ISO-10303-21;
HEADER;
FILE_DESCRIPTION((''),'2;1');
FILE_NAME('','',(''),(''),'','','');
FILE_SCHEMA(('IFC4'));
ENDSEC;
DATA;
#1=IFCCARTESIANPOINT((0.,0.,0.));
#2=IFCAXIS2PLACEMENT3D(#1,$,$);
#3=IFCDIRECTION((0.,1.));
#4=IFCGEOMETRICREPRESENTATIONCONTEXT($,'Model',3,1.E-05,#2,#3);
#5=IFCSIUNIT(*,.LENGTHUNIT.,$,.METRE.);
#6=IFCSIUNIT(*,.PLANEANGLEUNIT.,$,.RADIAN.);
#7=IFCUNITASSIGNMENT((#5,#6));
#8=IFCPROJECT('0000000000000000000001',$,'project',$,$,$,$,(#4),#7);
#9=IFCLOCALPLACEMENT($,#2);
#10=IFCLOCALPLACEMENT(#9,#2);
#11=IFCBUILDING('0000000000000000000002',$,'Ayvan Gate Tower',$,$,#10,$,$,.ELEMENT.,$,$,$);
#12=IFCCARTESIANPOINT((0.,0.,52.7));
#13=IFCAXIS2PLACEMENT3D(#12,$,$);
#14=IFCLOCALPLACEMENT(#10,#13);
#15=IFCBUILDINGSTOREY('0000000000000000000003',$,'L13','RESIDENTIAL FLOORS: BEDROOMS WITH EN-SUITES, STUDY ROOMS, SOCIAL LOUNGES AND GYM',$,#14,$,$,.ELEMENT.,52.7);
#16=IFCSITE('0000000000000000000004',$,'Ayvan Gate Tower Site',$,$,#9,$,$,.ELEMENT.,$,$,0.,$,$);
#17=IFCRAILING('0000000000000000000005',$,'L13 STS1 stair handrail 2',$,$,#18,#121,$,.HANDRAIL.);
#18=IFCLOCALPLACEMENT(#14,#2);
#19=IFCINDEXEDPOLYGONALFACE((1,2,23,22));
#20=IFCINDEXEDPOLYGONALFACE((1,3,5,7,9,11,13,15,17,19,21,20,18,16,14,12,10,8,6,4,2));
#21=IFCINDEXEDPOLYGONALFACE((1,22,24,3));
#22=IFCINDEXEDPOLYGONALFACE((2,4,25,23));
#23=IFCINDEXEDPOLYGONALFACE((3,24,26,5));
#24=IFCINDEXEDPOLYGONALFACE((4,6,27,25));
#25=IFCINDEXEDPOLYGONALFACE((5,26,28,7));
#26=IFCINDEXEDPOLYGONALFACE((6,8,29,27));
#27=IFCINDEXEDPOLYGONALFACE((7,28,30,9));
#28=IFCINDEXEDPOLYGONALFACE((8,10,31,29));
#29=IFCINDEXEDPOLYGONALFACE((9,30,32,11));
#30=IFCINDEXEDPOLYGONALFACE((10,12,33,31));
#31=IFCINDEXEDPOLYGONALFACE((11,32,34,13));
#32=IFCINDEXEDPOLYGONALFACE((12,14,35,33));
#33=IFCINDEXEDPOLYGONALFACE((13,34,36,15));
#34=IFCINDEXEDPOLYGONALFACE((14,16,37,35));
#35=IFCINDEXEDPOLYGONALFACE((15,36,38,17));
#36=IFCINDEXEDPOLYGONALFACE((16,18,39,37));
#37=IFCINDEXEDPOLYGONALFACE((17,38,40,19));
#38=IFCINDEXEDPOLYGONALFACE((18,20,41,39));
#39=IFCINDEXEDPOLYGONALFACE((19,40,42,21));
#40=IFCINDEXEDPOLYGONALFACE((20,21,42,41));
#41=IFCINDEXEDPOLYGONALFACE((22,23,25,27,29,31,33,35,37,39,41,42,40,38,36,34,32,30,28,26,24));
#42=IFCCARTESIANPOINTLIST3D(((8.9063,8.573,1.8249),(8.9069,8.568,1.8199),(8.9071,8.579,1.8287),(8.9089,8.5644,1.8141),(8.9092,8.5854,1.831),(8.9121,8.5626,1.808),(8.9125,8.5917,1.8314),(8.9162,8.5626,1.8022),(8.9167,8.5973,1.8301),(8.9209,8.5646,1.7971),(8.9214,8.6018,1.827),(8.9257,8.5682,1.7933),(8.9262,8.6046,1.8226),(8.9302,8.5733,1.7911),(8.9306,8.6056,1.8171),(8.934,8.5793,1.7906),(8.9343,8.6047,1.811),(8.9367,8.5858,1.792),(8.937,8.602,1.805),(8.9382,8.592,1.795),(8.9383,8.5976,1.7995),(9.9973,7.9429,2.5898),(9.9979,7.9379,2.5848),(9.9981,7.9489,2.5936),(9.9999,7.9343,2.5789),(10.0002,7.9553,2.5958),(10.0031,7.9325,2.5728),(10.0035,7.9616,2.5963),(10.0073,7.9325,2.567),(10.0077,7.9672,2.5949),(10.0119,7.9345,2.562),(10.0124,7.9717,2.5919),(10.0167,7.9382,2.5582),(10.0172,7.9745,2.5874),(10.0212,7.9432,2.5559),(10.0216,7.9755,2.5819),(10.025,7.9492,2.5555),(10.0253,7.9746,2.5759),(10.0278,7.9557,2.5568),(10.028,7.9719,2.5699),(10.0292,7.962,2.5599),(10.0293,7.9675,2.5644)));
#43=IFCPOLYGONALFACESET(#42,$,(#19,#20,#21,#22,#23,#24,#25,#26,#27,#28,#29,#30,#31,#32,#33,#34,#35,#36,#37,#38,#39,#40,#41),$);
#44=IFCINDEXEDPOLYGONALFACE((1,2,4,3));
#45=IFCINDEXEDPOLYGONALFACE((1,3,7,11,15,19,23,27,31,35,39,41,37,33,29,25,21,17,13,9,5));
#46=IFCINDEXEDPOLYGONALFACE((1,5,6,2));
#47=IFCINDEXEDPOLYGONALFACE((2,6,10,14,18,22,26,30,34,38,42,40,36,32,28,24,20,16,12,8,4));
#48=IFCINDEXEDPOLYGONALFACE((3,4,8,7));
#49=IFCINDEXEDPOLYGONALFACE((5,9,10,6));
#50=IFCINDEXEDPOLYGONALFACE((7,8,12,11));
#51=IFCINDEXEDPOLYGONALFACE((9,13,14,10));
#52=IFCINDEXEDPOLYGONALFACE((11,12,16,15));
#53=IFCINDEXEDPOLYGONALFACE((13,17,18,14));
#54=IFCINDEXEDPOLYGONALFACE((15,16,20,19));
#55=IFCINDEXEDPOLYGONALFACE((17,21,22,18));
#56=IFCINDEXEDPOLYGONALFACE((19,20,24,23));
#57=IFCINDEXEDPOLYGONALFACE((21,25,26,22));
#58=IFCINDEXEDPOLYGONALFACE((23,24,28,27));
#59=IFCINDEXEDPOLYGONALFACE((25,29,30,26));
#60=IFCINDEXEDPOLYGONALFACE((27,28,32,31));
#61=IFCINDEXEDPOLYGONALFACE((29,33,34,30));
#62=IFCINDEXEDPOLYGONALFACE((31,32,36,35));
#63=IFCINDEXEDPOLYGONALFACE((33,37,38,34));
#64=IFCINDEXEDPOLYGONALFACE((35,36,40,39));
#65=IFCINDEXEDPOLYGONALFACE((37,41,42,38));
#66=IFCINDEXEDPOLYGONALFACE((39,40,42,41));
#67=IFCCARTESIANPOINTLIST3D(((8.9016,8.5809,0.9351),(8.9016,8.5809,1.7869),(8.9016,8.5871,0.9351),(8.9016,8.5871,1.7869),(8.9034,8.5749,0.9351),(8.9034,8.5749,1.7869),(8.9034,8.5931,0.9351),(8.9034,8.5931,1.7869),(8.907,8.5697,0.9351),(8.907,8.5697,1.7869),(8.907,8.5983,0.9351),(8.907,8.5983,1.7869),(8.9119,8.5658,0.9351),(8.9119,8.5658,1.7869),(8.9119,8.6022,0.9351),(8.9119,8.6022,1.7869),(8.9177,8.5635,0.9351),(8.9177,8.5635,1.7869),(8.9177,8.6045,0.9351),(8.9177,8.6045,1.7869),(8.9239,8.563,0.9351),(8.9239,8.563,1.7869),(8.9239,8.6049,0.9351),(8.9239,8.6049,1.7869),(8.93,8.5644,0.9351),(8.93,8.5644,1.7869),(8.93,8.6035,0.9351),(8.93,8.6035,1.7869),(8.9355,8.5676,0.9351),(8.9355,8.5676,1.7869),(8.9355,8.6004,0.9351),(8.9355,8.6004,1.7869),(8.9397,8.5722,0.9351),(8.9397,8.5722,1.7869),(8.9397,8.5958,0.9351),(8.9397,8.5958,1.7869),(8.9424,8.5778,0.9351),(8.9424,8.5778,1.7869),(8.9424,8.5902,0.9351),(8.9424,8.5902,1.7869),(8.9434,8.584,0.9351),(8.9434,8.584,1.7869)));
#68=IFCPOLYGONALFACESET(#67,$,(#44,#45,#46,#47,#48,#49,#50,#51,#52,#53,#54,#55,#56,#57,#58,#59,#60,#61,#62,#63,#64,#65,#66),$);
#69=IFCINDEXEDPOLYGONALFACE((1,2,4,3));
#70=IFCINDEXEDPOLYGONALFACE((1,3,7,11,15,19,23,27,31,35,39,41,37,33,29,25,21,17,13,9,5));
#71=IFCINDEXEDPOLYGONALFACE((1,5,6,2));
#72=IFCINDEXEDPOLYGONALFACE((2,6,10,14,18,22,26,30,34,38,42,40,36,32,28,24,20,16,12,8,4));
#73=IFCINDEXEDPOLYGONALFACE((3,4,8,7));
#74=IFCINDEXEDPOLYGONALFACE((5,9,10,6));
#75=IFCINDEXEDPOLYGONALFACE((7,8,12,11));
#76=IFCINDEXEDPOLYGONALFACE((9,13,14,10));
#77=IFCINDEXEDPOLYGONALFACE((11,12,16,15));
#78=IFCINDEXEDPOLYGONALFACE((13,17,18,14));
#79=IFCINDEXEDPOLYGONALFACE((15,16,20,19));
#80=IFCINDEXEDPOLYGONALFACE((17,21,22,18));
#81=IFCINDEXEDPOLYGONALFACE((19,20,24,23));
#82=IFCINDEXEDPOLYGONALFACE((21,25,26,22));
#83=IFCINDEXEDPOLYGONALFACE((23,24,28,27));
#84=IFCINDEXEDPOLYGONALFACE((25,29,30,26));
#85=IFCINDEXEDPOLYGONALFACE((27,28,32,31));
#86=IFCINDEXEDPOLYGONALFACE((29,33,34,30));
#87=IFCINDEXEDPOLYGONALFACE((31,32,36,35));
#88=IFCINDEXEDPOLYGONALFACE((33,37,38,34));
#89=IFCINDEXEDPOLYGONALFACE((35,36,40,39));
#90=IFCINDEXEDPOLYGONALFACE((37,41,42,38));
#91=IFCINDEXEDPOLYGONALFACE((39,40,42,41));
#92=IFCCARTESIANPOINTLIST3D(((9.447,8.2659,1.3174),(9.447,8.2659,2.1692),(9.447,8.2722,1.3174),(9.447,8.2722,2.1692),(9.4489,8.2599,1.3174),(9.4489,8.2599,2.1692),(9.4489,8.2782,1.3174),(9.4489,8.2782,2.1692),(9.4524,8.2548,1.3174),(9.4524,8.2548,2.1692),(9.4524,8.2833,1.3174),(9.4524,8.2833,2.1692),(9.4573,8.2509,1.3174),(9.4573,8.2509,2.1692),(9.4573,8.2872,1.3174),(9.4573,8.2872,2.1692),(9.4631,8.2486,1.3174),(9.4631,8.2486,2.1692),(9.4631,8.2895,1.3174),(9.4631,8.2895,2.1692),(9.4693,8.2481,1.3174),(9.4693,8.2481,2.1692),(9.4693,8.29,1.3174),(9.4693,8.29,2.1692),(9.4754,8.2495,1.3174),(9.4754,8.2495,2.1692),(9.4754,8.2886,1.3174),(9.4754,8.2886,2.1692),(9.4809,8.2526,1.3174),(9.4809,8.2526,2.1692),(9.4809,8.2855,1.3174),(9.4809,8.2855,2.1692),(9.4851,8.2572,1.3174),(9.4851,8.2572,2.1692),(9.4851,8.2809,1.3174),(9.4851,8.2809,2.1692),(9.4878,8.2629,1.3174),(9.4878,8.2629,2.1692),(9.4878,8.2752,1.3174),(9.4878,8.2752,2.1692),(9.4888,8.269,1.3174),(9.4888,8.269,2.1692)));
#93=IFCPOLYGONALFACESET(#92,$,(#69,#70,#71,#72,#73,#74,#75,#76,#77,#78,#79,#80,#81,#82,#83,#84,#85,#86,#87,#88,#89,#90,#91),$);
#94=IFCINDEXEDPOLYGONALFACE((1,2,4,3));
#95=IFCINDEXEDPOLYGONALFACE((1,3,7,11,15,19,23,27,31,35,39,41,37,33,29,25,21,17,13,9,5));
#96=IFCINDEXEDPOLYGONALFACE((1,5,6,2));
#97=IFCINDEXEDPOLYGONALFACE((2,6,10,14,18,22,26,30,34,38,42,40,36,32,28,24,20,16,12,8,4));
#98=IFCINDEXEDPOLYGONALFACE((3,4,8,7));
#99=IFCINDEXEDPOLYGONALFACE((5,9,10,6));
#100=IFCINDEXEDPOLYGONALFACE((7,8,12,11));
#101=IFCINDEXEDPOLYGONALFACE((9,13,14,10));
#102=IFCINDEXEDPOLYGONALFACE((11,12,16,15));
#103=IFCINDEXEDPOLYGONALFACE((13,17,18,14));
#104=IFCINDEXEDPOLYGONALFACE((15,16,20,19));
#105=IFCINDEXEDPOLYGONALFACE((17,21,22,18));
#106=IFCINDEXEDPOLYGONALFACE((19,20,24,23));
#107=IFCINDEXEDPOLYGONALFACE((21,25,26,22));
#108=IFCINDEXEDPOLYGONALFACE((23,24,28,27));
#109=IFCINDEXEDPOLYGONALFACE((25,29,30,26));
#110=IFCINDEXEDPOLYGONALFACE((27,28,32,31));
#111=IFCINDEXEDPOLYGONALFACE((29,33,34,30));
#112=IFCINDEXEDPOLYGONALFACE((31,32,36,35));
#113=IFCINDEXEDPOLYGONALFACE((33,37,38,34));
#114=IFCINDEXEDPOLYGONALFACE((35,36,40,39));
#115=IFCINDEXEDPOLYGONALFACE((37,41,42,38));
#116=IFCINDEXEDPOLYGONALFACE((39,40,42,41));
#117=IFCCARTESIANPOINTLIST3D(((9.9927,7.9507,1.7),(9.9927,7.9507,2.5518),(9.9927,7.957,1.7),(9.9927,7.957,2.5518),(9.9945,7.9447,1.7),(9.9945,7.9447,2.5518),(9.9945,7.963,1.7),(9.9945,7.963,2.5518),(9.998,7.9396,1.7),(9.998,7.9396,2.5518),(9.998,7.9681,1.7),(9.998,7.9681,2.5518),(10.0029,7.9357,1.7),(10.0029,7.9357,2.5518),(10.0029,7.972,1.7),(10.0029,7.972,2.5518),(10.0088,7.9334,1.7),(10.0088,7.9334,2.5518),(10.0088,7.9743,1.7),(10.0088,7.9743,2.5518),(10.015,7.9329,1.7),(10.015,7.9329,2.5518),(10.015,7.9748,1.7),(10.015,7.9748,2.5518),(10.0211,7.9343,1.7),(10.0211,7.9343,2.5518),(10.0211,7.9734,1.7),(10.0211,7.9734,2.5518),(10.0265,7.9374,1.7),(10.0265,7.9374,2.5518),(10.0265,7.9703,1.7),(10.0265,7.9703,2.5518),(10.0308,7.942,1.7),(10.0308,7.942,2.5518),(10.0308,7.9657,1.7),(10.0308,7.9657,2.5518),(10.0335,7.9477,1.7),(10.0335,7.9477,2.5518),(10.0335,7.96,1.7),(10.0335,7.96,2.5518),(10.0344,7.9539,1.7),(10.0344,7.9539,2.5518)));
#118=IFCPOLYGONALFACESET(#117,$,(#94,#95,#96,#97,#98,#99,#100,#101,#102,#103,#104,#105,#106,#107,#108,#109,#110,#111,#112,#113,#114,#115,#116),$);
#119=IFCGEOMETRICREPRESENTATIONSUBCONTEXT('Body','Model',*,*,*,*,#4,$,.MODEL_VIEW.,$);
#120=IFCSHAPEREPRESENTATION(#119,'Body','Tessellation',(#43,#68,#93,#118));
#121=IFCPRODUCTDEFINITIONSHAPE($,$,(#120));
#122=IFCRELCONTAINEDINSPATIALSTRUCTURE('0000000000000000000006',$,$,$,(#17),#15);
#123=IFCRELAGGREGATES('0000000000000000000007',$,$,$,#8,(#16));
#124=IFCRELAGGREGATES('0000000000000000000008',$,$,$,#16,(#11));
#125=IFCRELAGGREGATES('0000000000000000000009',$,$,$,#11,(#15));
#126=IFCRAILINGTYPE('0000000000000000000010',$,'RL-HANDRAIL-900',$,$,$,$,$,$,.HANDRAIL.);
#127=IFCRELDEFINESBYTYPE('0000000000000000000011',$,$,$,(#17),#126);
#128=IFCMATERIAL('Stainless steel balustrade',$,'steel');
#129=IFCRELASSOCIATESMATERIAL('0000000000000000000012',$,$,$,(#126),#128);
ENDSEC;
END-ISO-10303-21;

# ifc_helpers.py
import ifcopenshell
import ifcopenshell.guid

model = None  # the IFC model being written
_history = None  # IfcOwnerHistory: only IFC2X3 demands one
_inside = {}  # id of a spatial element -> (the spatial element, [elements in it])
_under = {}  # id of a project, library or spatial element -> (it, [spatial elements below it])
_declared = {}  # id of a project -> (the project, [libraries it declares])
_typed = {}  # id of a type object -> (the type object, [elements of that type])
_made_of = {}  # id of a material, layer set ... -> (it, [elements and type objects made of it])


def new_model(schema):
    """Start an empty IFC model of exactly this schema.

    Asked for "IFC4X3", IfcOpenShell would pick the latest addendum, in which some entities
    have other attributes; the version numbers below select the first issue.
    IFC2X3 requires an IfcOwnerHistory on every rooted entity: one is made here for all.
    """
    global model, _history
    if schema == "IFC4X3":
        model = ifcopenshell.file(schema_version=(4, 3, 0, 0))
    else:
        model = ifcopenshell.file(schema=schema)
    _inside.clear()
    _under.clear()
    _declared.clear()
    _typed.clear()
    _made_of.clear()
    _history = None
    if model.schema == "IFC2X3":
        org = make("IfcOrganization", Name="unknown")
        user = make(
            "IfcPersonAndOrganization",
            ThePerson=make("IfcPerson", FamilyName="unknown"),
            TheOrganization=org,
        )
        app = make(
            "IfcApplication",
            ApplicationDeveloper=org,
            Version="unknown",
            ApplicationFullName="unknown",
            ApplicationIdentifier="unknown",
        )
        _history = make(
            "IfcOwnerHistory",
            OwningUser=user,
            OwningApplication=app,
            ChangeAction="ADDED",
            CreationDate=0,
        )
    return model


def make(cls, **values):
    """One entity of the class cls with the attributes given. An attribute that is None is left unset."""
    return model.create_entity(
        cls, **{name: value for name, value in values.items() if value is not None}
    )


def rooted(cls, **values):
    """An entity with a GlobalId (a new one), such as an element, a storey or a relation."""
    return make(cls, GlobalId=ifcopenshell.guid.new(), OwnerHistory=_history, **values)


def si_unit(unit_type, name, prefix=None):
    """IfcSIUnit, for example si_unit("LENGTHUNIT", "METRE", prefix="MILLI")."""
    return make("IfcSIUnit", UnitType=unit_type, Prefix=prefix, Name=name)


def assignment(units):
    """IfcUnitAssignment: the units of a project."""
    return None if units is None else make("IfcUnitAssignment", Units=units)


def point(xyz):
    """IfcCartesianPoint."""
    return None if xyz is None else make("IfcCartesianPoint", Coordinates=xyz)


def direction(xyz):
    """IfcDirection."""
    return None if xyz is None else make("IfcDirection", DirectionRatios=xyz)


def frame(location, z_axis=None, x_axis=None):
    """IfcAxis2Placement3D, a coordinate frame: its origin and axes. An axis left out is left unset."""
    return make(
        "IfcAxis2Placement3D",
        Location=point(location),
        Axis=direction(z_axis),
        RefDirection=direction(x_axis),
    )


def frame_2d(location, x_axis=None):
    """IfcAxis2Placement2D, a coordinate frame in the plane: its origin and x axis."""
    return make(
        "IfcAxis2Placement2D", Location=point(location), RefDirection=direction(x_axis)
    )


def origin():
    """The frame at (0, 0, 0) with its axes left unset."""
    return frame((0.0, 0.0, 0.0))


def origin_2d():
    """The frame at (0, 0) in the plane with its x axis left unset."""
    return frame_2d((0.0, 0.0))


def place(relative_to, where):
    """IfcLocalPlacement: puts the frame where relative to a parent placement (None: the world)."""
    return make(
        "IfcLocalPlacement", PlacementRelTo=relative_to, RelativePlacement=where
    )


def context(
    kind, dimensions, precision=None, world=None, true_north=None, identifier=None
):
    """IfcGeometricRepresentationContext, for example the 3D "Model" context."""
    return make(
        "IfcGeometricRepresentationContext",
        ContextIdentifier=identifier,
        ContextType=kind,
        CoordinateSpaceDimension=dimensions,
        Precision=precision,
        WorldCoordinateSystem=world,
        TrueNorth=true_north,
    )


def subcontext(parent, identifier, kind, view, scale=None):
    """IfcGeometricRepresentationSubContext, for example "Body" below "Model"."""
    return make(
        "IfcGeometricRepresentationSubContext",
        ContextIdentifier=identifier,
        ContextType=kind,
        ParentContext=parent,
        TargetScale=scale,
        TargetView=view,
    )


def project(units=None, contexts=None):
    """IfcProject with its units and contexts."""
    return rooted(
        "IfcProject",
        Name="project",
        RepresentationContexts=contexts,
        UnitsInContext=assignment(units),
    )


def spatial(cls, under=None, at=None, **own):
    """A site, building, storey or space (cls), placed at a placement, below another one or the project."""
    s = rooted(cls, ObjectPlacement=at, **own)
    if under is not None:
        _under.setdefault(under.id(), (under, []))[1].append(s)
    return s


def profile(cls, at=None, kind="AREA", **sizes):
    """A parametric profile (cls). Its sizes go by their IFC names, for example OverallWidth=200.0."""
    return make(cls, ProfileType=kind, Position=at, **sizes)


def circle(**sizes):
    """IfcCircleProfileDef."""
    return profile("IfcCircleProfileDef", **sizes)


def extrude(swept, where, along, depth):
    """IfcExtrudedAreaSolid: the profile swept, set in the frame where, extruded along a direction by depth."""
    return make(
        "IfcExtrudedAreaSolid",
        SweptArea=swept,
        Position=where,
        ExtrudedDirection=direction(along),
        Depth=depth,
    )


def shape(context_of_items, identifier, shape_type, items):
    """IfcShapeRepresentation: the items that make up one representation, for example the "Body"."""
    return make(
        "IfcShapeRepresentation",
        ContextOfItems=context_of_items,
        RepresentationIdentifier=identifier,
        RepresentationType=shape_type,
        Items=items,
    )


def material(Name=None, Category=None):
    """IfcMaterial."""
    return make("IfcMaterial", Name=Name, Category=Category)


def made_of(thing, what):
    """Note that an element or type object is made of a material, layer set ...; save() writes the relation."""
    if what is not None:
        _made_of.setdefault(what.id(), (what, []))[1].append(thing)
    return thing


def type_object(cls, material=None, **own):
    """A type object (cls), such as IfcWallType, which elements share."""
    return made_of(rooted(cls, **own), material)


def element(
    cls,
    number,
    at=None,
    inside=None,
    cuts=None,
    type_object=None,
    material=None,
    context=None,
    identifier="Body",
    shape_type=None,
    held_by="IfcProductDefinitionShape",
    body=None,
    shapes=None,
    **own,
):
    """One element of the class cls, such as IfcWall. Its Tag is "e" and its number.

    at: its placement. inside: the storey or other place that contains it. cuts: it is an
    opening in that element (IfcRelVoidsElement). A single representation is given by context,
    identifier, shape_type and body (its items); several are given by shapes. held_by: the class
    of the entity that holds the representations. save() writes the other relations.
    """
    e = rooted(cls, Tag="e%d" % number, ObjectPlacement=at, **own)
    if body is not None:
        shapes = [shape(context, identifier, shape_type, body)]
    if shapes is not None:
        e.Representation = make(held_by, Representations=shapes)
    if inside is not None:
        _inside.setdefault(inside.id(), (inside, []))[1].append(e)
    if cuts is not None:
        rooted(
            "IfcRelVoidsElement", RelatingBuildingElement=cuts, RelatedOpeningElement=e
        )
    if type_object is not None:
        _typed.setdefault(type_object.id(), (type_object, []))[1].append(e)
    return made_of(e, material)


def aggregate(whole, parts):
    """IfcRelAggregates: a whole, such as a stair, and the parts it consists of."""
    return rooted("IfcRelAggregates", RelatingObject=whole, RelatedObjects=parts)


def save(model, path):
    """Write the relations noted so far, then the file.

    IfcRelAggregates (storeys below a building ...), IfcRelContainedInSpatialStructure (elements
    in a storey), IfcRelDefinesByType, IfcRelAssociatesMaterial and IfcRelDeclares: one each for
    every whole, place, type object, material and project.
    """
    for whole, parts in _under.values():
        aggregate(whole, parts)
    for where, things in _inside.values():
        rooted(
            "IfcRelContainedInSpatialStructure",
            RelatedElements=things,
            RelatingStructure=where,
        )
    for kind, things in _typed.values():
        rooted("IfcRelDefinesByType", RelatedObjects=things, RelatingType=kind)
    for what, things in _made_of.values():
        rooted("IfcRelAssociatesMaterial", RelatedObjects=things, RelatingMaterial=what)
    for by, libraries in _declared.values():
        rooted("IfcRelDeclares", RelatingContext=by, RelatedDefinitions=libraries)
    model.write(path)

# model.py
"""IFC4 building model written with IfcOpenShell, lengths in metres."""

from ifc_helpers import new_model, si_unit, direction, frame, origin, origin_2d, place, context, subcontext, project, spatial, circle, extrude, material, type_object, element, save


model = new_model("IFC4")

# Units and contexts
model_context = context("Model", 3, precision=1e-05, world=origin(), true_north=direction((0.0, 1.0)))
body_context = subcontext(model_context, "Body", "Model", "MODEL_VIEW")
ifc_project = project(units=[si_unit("LENGTHUNIT", "METRE"), si_unit("PLANEANGLEUNIT", "RADIAN")], contexts=[model_context])

# Site, building, storey
site_placement = place(None, origin())
site = spatial("IfcSite", under=ifc_project, at=site_placement, Name="Ayvan Gate Tower Site", CompositionType="ELEMENT", RefElevation=0.0)
building_placement = place(site_placement, origin())
building = spatial("IfcBuilding", under=site, at=building_placement, Name="Ayvan Gate Tower", CompositionType="ELEMENT")
storey_placement = place(building_placement, frame((0.0, 0.0, 52.7)))
storey = spatial("IfcBuildingStorey", under=building, at=storey_placement, Name="L13", Description="RESIDENTIAL FLOORS: BEDROOMS WITH EN-SUITES, STUDY ROOMS, SOCIAL LOUNGES AND GYM", CompositionType="ELEMENT", Elevation=52.7)

# Railing
ifc_material_1 = material(Name="Stainless steel balustrade", Category="steel")
railing_type_1 = type_object("IfcRailingType", Name="RL-HANDRAIL-900", PredefinedType="HANDRAIL", material=ifc_material_1)
railing_1_placement = place(storey_placement, frame((8.9224, 8.584, 0.9351)))
element("IfcRailing", 1, at=railing_1_placement, inside=storey, type_object=railing_type_1, Name="L13 STS1 stair handrail 2", PredefinedType="HANDRAIL", context=body_context, shape_type="SweptSolid", body=[
    extrude(circle(Radius=0.0239, at=origin_2d()), frame((0.0, 0.0, 0.876), z_axis=(0.740229, -0.427508, 0.518939), x_axis=(0.500119, 0.865956, 0.0)), (0.0, 0.0, 1.0), 1.4739),
    extrude(circle(Radius=0.021, at=origin_2d()), origin(), (0.0, 0.0, 1.0), 0.8518),
    extrude(circle(Radius=0.021, at=origin_2d()), frame((0.5454, -0.3149, 0.3823)), (0.0, 0.0, 1.0), 0.8518),
    extrude(circle(Radius=0.021, at=origin_2d()), frame((1.0911, -0.6301, 0.7649)), (0.0, 0.0, 1.0), 0.8518),
])

save(model, "model.ifc")
